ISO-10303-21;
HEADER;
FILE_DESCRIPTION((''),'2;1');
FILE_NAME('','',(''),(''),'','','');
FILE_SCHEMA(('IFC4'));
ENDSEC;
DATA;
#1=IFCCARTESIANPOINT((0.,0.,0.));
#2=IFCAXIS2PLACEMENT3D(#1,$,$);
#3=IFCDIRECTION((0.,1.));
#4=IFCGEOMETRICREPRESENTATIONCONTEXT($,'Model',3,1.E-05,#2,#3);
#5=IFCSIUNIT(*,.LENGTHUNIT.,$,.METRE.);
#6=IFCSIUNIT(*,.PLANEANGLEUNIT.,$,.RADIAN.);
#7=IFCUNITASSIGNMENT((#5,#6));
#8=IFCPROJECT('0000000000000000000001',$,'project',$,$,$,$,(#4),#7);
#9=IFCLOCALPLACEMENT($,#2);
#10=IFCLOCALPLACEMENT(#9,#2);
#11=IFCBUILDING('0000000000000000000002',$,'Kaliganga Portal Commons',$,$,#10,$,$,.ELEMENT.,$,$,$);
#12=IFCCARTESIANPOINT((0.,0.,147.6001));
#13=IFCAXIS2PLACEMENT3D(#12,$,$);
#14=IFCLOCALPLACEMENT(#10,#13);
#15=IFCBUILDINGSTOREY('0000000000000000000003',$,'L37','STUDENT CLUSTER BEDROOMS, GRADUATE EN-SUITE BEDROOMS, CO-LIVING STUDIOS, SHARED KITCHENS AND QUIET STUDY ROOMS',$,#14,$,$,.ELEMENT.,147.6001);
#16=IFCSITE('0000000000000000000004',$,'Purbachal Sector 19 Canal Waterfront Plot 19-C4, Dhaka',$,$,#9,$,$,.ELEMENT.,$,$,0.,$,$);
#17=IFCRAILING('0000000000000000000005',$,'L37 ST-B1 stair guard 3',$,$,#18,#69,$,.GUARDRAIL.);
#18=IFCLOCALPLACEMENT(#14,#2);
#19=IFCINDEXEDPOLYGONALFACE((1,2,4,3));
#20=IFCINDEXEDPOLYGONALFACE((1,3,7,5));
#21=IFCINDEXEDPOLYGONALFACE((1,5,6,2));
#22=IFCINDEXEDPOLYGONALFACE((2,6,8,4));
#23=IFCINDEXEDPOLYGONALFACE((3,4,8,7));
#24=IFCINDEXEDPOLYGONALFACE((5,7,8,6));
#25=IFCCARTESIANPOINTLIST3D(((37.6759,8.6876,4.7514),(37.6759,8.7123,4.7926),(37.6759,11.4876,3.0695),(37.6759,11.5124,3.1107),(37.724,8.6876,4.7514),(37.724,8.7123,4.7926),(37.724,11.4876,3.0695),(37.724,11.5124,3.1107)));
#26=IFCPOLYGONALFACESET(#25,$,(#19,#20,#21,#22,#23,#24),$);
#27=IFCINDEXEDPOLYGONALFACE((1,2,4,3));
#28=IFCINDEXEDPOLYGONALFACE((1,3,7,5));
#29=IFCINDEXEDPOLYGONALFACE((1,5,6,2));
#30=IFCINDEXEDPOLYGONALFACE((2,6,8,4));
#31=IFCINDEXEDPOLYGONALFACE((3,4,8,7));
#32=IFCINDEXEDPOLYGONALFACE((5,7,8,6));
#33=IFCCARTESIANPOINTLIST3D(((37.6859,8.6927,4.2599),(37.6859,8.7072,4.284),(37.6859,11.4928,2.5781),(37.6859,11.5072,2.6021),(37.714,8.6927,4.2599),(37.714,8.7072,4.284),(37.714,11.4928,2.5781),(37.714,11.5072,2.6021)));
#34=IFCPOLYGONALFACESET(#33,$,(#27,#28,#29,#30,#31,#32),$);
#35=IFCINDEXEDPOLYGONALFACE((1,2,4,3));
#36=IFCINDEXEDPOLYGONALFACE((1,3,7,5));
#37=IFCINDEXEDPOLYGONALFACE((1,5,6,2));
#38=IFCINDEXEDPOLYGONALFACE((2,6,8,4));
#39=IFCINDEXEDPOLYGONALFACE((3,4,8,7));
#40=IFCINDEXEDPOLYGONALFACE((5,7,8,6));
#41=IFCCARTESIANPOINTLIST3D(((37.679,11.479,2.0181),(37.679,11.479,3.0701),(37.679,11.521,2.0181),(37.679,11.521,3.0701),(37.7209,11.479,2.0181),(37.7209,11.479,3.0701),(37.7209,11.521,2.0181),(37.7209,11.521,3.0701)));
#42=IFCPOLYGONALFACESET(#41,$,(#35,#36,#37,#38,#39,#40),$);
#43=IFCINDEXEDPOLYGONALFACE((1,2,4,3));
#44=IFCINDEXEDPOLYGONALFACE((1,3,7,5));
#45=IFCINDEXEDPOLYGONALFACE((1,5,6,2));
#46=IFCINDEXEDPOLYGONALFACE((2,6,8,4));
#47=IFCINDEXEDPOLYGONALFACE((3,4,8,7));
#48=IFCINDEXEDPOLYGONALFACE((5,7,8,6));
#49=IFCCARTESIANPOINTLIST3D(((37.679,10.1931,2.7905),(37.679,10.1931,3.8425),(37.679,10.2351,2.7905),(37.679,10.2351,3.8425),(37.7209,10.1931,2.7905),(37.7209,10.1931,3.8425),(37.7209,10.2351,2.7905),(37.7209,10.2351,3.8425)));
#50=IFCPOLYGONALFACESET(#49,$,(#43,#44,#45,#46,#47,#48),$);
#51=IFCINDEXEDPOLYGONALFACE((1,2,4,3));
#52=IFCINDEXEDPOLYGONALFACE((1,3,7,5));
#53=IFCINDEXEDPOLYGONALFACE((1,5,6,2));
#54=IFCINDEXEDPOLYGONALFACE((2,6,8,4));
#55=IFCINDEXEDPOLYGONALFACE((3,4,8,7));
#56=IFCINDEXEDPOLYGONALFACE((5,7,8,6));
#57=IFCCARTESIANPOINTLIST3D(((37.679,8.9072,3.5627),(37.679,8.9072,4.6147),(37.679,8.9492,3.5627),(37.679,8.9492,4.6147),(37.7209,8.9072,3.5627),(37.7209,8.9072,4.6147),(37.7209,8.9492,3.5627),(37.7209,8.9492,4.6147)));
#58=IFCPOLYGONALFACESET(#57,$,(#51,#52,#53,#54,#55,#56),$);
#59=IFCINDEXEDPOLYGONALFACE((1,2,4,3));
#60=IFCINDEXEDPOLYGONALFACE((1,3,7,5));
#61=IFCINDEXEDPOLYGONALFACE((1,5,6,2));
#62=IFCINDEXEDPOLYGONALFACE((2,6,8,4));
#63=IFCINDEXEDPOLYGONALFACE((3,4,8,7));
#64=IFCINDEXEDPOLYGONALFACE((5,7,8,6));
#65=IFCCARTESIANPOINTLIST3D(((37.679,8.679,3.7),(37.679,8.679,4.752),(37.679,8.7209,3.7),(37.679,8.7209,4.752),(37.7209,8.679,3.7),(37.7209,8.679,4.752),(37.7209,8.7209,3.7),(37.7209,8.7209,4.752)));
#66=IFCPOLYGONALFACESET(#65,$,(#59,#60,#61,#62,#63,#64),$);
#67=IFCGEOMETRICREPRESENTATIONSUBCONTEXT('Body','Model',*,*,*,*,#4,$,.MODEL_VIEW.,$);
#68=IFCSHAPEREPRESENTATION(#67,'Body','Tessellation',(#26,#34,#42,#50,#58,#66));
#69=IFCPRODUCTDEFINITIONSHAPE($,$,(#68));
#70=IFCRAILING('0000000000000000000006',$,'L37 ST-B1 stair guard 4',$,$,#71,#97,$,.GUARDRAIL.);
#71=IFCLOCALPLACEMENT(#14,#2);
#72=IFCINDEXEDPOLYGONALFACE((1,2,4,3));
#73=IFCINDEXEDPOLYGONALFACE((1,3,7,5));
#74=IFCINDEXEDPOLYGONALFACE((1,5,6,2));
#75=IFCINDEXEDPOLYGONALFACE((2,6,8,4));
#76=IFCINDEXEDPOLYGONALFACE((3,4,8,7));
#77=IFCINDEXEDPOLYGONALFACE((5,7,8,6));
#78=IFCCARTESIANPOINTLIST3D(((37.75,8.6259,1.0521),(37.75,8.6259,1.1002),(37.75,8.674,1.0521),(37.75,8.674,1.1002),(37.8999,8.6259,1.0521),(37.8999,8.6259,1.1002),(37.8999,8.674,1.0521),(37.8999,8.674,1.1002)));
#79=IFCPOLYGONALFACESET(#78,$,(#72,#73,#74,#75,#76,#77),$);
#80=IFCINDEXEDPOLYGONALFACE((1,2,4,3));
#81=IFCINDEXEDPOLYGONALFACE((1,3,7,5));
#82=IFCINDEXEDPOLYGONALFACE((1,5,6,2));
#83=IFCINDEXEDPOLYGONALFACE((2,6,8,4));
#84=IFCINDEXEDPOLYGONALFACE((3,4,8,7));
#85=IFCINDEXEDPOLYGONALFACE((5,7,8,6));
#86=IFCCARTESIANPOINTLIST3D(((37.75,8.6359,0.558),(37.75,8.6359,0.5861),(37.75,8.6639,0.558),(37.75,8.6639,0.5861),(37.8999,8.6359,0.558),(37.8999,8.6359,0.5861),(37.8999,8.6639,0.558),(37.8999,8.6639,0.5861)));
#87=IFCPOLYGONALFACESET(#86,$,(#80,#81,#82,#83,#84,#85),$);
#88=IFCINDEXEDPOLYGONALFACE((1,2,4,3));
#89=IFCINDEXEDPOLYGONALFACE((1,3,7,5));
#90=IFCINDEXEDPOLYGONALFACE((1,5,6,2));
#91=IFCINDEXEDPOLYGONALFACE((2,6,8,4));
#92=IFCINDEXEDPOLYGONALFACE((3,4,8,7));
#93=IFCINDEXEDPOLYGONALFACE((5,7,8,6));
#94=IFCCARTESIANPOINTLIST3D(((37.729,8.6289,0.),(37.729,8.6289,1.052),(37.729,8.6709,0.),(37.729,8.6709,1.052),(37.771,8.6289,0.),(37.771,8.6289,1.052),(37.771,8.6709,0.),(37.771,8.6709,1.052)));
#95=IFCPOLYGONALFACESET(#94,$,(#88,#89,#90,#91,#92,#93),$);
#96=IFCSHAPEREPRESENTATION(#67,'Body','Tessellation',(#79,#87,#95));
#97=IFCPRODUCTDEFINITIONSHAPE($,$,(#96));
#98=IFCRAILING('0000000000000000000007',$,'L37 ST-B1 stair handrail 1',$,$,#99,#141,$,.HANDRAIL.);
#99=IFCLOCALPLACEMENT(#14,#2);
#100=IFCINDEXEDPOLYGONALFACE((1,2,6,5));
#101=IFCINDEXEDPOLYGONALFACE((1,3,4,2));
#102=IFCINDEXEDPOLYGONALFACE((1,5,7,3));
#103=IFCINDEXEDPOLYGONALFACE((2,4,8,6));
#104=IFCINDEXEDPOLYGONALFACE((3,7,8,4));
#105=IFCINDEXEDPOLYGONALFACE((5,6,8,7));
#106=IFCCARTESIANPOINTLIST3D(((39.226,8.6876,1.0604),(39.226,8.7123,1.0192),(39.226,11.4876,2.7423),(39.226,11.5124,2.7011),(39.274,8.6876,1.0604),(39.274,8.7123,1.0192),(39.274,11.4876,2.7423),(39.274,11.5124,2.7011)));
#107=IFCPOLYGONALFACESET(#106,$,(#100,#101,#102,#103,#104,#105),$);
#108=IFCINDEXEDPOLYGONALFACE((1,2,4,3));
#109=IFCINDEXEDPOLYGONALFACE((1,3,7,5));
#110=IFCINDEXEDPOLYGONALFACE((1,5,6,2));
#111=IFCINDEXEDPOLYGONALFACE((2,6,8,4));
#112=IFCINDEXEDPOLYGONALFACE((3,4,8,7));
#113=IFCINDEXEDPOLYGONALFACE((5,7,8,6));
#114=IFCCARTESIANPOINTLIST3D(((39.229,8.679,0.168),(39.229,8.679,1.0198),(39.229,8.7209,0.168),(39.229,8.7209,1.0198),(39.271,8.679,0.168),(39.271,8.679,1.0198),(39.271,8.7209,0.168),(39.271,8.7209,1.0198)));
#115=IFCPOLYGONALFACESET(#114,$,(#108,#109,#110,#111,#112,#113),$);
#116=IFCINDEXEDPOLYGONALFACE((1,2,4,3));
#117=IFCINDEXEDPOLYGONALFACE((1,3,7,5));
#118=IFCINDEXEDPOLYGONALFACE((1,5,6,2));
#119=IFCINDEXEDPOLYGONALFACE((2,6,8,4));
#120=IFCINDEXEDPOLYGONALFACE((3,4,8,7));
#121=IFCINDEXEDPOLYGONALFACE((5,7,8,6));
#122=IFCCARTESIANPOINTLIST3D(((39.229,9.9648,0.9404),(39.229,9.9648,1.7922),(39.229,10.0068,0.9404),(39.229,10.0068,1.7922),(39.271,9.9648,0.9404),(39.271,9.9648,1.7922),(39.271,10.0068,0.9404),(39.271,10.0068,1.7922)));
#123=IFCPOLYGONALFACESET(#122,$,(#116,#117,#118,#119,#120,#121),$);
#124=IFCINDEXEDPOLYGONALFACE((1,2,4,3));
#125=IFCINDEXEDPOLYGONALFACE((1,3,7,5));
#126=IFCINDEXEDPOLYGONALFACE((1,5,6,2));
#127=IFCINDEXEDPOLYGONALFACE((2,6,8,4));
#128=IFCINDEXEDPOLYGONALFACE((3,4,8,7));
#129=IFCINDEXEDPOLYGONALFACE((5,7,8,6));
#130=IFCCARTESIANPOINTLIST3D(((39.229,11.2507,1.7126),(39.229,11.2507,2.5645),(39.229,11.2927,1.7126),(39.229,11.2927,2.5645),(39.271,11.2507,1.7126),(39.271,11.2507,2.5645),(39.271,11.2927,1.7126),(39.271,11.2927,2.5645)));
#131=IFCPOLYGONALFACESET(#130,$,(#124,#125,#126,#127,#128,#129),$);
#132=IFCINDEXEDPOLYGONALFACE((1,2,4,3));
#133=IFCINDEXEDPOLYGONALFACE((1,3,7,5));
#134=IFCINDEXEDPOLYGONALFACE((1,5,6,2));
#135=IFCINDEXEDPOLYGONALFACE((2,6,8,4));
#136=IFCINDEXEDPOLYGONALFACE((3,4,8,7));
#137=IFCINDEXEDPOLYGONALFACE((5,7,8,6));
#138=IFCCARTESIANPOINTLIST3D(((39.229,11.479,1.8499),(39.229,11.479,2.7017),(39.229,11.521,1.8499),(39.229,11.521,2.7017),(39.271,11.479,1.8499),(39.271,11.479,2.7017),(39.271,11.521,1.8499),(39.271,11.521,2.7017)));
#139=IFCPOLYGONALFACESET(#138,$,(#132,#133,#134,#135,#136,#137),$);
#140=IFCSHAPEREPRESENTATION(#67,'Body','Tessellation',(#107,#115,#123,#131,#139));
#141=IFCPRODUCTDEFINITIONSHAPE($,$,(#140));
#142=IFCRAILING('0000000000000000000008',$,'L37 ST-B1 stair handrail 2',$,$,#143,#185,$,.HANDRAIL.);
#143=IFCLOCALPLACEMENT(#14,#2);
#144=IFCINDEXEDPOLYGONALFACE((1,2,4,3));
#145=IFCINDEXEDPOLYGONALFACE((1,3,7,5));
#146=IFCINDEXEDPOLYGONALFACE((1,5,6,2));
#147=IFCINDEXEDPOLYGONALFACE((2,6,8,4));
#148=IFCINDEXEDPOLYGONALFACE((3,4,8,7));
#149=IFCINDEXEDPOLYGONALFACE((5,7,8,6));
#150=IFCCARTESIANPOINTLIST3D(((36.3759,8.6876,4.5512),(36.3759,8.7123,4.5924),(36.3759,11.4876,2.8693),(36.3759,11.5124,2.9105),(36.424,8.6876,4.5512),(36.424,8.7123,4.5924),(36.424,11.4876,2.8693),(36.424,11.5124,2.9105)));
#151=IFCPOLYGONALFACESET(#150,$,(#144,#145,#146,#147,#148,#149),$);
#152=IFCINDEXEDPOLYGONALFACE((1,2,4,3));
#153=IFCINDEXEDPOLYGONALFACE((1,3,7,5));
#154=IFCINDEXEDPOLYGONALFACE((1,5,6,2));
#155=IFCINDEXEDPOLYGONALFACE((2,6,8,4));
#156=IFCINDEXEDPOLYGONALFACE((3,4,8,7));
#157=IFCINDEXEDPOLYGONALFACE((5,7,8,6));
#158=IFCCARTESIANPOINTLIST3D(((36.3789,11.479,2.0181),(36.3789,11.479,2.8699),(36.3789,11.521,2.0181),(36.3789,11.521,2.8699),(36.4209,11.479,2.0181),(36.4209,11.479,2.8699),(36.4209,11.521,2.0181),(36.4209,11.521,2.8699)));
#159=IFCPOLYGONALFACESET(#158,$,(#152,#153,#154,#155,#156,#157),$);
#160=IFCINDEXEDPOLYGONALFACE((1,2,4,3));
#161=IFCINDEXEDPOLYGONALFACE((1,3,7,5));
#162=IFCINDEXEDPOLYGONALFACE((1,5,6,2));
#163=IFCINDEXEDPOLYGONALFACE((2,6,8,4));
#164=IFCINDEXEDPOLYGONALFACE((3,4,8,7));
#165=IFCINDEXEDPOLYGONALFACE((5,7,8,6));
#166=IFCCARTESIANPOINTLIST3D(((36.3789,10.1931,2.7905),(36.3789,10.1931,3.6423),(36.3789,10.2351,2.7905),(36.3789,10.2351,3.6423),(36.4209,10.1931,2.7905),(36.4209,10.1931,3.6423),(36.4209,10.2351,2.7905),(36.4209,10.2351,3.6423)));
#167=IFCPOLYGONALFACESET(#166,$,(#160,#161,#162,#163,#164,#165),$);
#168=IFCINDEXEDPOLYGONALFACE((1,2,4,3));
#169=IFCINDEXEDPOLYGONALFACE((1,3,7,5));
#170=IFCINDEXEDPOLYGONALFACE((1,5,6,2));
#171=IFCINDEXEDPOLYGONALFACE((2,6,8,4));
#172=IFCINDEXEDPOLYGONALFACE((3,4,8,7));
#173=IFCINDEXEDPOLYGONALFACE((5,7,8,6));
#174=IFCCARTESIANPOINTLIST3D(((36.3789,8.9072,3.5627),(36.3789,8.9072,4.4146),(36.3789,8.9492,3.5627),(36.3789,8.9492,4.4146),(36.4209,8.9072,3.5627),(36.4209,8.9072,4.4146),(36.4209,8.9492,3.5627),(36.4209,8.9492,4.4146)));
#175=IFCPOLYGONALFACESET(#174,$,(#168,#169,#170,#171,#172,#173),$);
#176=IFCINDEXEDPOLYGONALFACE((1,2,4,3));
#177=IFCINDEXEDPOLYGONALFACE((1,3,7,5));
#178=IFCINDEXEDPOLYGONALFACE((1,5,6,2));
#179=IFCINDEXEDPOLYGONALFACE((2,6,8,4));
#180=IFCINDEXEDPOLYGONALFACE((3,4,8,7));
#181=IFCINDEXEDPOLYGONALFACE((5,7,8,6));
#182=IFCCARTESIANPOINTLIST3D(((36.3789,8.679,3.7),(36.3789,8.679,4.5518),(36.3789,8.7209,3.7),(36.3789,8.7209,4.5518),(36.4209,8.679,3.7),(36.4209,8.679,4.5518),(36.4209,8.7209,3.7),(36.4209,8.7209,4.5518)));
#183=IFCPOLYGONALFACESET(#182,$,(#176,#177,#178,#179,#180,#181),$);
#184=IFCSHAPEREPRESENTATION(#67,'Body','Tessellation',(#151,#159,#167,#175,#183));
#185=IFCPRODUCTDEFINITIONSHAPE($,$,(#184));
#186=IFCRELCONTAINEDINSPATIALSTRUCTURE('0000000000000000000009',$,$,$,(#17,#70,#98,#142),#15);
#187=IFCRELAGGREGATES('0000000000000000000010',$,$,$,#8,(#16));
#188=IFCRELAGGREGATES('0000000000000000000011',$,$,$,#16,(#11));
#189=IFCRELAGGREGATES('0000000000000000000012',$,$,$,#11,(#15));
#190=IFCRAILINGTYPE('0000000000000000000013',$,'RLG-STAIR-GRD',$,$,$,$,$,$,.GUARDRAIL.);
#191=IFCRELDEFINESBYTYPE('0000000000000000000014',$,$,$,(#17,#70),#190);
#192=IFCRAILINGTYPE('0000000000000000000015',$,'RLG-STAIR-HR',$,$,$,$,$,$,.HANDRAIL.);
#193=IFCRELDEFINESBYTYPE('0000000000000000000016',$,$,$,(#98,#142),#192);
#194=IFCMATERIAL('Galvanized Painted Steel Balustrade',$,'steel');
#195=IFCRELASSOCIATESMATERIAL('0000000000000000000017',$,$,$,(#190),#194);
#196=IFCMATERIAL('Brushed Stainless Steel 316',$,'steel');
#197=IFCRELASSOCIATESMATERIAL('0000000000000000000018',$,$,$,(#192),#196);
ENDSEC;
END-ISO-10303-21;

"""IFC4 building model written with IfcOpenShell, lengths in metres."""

from ifc_helpers import new_model, si_unit, direction, frame, origin, origin_2d, place, context, subcontext, project, spatial, rectangle, extrude, material, type_object, element, save


model = new_model("IFC4")

# Units and contexts
model_context = context("Model", 3, precision=1e-05, world=origin(), true_north=direction((0.0, 1.0)))
body_context = subcontext(model_context, "Body", "Model", "MODEL_VIEW")
ifc_project = project(units=[si_unit("LENGTHUNIT", "METRE"), si_unit("PLANEANGLEUNIT", "RADIAN")], contexts=[model_context])

# Site, building, storey
site_placement = place(None, origin())
site = spatial("IfcSite", under=ifc_project, at=site_placement, Name="Purbachal Sector 19 Canal Waterfront Plot 19-C4, Dhaka", CompositionType="ELEMENT", RefElevation=0.0)
building_placement = place(site_placement, origin())
building = spatial("IfcBuilding", under=site, at=building_placement, Name="Kaliganga Portal Commons", CompositionType="ELEMENT")
storey_placement = place(building_placement, frame((0.0, 0.0, 147.6001)))
storey = spatial("IfcBuildingStorey", under=building, at=storey_placement, Name="L37", Description="STUDENT CLUSTER BEDROOMS, GRADUATE EN-SUITE BEDROOMS, CO-LIVING STUDIOS, SHARED KITCHENS AND QUIET STUDY ROOMS", CompositionType="ELEMENT", Elevation=147.6001)

# Railings
ifc_material_1 = material(Name="Galvanized Painted Steel Balustrade", Category="steel")
railing_type_1 = type_object("IfcRailingType", Name="RLG-STAIR-GRD", PredefinedType="GUARDRAIL", material=ifc_material_1)
railing_1_placement = place(storey_placement, frame((37.7, 11.5, 2.0181)))
element("IfcRailing", 1, at=railing_1_placement, inside=storey, type_object=railing_type_1, Name="L37 ST-B1 stair guard 3", PredefinedType="GUARDRAIL", context=body_context, shape_type="SweptSolid", body=[
    extrude(rectangle(XDim=0.0481, YDim=0.0481, at=origin_2d()), frame((0.0, 0.0, 1.072), z_axis=(0.0, -0.857242, 0.514913), x_axis=(1.0, 0.0, 0.0)), (0.0, 0.0, 1.0), 3.2664),
    extrude(rectangle(XDim=0.0281, YDim=0.0281, at=origin_2d()), frame((0.0, 0.0, 0.572), z_axis=(0.0, -0.857242, 0.514913), x_axis=(1.0, 0.0, 0.0)), (0.0, 0.0, 1.0), 3.2664),
    extrude(rectangle(XDim=0.042, YDim=0.042, at=origin_2d()), origin(), (0.0, 0.0, 1.0), 1.052),
    extrude(rectangle(XDim=0.042, YDim=0.042, at=origin_2d()), frame((0.0, -1.2859, 0.7725)), (0.0, 0.0, 1.0), 1.052),
    extrude(rectangle(XDim=0.042, YDim=0.042, at=origin_2d()), frame((0.0, -2.5718, 1.5447)), (0.0, 0.0, 1.0), 1.052),
    extrude(rectangle(XDim=0.042, YDim=0.042, at=origin_2d()), frame((0.0, -2.8, 1.6819)), (0.0, 0.0, 1.0), 1.052),
])
railing_2_placement = place(storey_placement, frame((37.8999, 8.6499, 0.0)))
element("IfcRailing", 2, at=railing_2_placement, inside=storey, type_object=railing_type_1, Name="L37 ST-B1 stair guard 4", PredefinedType="GUARDRAIL", context=body_context, shape_type="SweptSolid", body=[
    extrude(rectangle(XDim=0.0481, YDim=0.0481, at=origin_2d()), frame((0.0, 0.0, 1.0762), z_axis=(-1.0, 0.0, 0.0), x_axis=(0.0, -1.0, 0.0)), (0.0, 0.0, 1.0), 0.1499),
    extrude(rectangle(XDim=0.0281, YDim=0.0281, at=origin_2d()), frame((0.0, 0.0, 0.572), z_axis=(-1.0, 0.0, 0.0), x_axis=(0.0, -1.0, 0.0)), (0.0, 0.0, 1.0), 0.1499),
    extrude(rectangle(XDim=0.042, YDim=0.042, at=origin_2d()), frame((-0.1499, 0.0, 0.0)), (0.0, 0.0, 1.0), 1.052),
])
ifc_material_2 = material(Name="Brushed Stainless Steel 316", Category="steel")
railing_type_2 = type_object("IfcRailingType", Name="RLG-STAIR-HR", PredefinedType="HANDRAIL", material=ifc_material_2)
railing_3_placement = place(storey_placement, frame((39.25, 8.7, 0.168)))
element("IfcRailing", 3, at=railing_3_placement, inside=storey, type_object=railing_type_2, Name="L37 ST-B1 stair handrail 1", PredefinedType="HANDRAIL", context=body_context, shape_type="SweptSolid", body=[
    extrude(rectangle(XDim=0.0481, YDim=0.0481, at=origin_2d()), frame((0.0, 0.0, 0.8718), z_axis=(0.0, 0.857242, 0.514913), x_axis=(-1.0, 0.0, 0.0)), (0.0, 0.0, 1.0), 3.2664),
    extrude(rectangle(XDim=0.042, YDim=0.042, at=origin_2d()), origin(), (0.0, 0.0, 1.0), 0.8518),
    extrude(rectangle(XDim=0.042, YDim=0.042, at=origin_2d()), frame((0.0, 1.2859, 0.7725)), (0.0, 0.0, 1.0), 0.8518),
    extrude(rectangle(XDim=0.042, YDim=0.042, at=origin_2d()), frame((0.0, 2.5718, 1.5447)), (0.0, 0.0, 1.0), 0.8518),
    extrude(rectangle(XDim=0.042, YDim=0.042, at=origin_2d()), frame((0.0, 2.8, 1.6819)), (0.0, 0.0, 1.0), 0.8518),
])
railing_4_placement = place(storey_placement, frame((36.3999, 11.5, 2.0181)))
element("IfcRailing", 4, at=railing_4_placement, inside=storey, type_object=railing_type_2, Name="L37 ST-B1 stair handrail 2", PredefinedType="HANDRAIL", context=body_context, shape_type="SweptSolid", body=[
    extrude(rectangle(XDim=0.0481, YDim=0.0481, at=origin_2d()), frame((0.0, 0.0, 0.8718), z_axis=(0.0, -0.857242, 0.514913), x_axis=(1.0, 0.0, 0.0)), (0.0, 0.0, 1.0), 3.2664),
    extrude(rectangle(XDim=0.042, YDim=0.042, at=origin_2d()), origin(), (0.0, 0.0, 1.0), 0.8518),
    extrude(rectangle(XDim=0.042, YDim=0.042, at=origin_2d()), frame((0.0, -1.2859, 0.7725)), (0.0, 0.0, 1.0), 0.8518),
    extrude(rectangle(XDim=0.042, YDim=0.042, at=origin_2d()), frame((0.0, -2.5718, 1.5447)), (0.0, 0.0, 1.0), 0.8518),
    extrude(rectangle(XDim=0.042, YDim=0.042, at=origin_2d()), frame((0.0, -2.8, 1.6819)), (0.0, 0.0, 1.0), 0.8518),
])

save(model, "model.ifc")
